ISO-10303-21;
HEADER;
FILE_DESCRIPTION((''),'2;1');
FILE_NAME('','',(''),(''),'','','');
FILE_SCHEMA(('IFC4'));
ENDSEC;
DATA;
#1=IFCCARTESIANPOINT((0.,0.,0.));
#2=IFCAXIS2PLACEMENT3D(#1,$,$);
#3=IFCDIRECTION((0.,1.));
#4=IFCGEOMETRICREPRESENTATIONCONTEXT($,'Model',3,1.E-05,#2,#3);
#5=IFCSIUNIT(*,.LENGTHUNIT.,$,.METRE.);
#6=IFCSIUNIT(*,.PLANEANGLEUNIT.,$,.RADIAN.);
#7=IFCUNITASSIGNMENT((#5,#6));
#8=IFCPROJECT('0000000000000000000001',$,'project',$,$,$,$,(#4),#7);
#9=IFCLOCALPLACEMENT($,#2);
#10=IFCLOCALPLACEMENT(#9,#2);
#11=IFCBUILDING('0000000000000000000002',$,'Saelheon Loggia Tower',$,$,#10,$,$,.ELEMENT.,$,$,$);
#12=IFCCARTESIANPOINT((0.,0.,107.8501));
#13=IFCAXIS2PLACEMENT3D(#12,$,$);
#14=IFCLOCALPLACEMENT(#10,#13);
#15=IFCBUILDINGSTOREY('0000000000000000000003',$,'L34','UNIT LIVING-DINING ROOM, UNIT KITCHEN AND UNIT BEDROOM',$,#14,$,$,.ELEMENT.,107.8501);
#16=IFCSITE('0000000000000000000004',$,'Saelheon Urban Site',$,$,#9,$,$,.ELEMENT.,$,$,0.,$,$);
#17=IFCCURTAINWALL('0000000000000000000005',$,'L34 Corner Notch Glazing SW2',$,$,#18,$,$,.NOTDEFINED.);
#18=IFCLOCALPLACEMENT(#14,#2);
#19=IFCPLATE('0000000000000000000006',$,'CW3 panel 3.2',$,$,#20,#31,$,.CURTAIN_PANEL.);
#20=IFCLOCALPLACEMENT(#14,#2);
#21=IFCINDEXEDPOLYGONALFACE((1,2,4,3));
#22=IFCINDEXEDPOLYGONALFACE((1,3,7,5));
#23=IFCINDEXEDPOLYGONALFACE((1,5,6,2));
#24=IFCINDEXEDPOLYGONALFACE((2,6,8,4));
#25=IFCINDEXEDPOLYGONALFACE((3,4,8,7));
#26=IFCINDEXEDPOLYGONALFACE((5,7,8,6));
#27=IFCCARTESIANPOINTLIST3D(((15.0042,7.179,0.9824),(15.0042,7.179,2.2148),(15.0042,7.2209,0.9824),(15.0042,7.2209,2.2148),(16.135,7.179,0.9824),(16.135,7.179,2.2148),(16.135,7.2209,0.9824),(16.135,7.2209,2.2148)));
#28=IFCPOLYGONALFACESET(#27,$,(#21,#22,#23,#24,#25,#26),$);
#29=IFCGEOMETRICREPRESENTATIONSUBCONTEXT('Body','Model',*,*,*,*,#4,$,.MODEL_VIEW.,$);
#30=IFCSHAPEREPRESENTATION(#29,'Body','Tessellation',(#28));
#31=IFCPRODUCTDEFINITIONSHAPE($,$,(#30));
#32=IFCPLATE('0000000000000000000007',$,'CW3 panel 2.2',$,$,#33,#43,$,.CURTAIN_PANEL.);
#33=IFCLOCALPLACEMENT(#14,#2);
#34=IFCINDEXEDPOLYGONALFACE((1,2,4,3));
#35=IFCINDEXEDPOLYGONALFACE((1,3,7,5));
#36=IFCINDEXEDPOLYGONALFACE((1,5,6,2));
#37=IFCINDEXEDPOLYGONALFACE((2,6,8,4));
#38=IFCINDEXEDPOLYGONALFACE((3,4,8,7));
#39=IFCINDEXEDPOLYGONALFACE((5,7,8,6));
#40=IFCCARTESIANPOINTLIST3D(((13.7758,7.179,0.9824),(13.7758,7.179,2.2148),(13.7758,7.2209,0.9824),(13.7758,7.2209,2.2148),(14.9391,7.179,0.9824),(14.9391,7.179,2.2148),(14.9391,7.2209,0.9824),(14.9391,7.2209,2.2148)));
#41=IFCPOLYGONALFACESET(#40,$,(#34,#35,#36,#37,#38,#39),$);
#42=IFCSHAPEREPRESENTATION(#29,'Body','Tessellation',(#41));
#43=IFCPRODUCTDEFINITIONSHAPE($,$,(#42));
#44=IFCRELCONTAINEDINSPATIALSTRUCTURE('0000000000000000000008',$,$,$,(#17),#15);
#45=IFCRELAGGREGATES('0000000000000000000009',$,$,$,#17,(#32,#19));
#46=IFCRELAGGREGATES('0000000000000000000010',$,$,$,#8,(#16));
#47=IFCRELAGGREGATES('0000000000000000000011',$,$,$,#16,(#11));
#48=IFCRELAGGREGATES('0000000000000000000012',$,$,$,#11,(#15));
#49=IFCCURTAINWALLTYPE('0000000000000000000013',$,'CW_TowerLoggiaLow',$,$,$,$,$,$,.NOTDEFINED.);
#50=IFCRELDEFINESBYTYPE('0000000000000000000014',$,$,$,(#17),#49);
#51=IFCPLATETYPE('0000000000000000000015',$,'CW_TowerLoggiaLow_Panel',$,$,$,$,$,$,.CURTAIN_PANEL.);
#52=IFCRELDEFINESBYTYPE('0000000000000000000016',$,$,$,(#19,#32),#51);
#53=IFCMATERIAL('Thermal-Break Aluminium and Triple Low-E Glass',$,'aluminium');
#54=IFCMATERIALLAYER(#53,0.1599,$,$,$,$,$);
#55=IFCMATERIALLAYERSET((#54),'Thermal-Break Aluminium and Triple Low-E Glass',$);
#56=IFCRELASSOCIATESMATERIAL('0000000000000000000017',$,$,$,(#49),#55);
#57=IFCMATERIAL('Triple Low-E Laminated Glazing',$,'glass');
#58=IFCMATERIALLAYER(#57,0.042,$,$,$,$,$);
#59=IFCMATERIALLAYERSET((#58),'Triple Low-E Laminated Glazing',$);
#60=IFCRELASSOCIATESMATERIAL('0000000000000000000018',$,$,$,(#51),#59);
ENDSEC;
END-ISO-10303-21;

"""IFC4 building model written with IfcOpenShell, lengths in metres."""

from ifc_helpers import new_model, si_unit, direction, frame, origin, origin_2d, place, context, subcontext, project, spatial, rectangle, extrude, source, transform, mapped, material, layer, layer_set, type_object, element, aggregate, save


model = new_model("IFC4")

# Units and contexts
model_context = context("Model", 3, precision=1e-05, world=origin(), true_north=direction((0.0, 1.0)))
body_context = subcontext(model_context, "Body", "Model", "MODEL_VIEW")
ifc_project = project(units=[si_unit("LENGTHUNIT", "METRE"), si_unit("PLANEANGLEUNIT", "RADIAN")], contexts=[model_context])

# Site, building, storey
site_placement = place(None, origin())
site = spatial("IfcSite", under=ifc_project, at=site_placement, Name="Saelheon Urban Site", CompositionType="ELEMENT", RefElevation=0.0)
building_placement = place(site_placement, origin())
building = spatial("IfcBuilding", under=site, at=building_placement, Name="Saelheon Loggia Tower", CompositionType="ELEMENT")
storey_placement = place(building_placement, frame((0.0, 0.0, 107.8501)))
storey = spatial("IfcBuildingStorey", under=building, at=storey_placement, Name="L34", Description="UNIT LIVING-DINING ROOM, UNIT KITCHEN AND UNIT BEDROOM", CompositionType="ELEMENT", Elevation=107.8501)

# Curtain wall, plates
ifc_material_1 = material(Name="Thermal-Break Aluminium and Triple Low-E Glass", Category="aluminium")
ifc_layer_1 = layer(ifc_material_1, 0.1599)
ifc_layer_set_1 = layer_set([ifc_layer_1], Name="Thermal-Break Aluminium and Triple Low-E Glass")
curtain_wall_type = type_object("IfcCurtainWallType", Name="CW_TowerLoggiaLow", PredefinedType="NOTDEFINED", material=ifc_layer_set_1)
curtain_wall_placement = place(storey_placement, origin())
curtain_wall = element("IfcCurtainWall", 1, at=curtain_wall_placement, inside=storey, type_object=curtain_wall_type, Name="L34 Corner Notch Glazing SW2", PredefinedType="NOTDEFINED")
ifc_material_2 = material(Name="Triple Low-E Laminated Glazing", Category="glass")
ifc_layer_2 = layer(ifc_material_2, 0.042)
ifc_layer_set_2 = layer_set([ifc_layer_2], Name="Triple Low-E Laminated Glazing")
plate_type = type_object("IfcPlateType", Name="CW_TowerLoggiaLow_Panel", PredefinedType="CURTAIN_PANEL", material=ifc_layer_set_2)
shared_shape_1 = source(origin(), body_context, "Body", "SweptSolid", [
    extrude(rectangle(XDim=1.1309, YDim=0.042, at=origin_2d()), origin(), (0.0, 0.0, 1.0), 1.2324),
])
plate_1_placement = place(storey_placement, frame((15.5696, 7.2, 0.9824), z_axis=(0.0, 0.0, 1.0), x_axis=(1.0, 0.0, 0.0)))
plate_1 = element("IfcPlate", 2, at=plate_1_placement, type_object=plate_type, Name="CW3 panel 3.2", PredefinedType="CURTAIN_PANEL", context=body_context, shape_type="MappedRepresentation", body=[
    mapped(shared_shape_1, transform((0.0, 0.0, 0.0), scale=1.0)),
])
shared_shape_2 = source(origin(), body_context, "Body", "SweptSolid", [
    extrude(rectangle(XDim=1.1633, YDim=0.042, at=origin_2d()), origin(), (0.0, 0.0, 1.0), 1.2324),
])
plate_2_placement = place(storey_placement, frame((14.3574, 7.2, 0.9824), z_axis=(0.0, 0.0, 1.0), x_axis=(1.0, 0.0, 0.0)))
plate_2 = element("IfcPlate", 3, at=plate_2_placement, type_object=plate_type, Name="CW3 panel 2.2", PredefinedType="CURTAIN_PANEL", context=body_context, shape_type="MappedRepresentation", body=[
    mapped(shared_shape_2, transform((0.0, 0.0, 0.0), scale=1.0)),
])
aggregate(curtain_wall, [plate_2, plate_1])

save(model, "model.ifc")
